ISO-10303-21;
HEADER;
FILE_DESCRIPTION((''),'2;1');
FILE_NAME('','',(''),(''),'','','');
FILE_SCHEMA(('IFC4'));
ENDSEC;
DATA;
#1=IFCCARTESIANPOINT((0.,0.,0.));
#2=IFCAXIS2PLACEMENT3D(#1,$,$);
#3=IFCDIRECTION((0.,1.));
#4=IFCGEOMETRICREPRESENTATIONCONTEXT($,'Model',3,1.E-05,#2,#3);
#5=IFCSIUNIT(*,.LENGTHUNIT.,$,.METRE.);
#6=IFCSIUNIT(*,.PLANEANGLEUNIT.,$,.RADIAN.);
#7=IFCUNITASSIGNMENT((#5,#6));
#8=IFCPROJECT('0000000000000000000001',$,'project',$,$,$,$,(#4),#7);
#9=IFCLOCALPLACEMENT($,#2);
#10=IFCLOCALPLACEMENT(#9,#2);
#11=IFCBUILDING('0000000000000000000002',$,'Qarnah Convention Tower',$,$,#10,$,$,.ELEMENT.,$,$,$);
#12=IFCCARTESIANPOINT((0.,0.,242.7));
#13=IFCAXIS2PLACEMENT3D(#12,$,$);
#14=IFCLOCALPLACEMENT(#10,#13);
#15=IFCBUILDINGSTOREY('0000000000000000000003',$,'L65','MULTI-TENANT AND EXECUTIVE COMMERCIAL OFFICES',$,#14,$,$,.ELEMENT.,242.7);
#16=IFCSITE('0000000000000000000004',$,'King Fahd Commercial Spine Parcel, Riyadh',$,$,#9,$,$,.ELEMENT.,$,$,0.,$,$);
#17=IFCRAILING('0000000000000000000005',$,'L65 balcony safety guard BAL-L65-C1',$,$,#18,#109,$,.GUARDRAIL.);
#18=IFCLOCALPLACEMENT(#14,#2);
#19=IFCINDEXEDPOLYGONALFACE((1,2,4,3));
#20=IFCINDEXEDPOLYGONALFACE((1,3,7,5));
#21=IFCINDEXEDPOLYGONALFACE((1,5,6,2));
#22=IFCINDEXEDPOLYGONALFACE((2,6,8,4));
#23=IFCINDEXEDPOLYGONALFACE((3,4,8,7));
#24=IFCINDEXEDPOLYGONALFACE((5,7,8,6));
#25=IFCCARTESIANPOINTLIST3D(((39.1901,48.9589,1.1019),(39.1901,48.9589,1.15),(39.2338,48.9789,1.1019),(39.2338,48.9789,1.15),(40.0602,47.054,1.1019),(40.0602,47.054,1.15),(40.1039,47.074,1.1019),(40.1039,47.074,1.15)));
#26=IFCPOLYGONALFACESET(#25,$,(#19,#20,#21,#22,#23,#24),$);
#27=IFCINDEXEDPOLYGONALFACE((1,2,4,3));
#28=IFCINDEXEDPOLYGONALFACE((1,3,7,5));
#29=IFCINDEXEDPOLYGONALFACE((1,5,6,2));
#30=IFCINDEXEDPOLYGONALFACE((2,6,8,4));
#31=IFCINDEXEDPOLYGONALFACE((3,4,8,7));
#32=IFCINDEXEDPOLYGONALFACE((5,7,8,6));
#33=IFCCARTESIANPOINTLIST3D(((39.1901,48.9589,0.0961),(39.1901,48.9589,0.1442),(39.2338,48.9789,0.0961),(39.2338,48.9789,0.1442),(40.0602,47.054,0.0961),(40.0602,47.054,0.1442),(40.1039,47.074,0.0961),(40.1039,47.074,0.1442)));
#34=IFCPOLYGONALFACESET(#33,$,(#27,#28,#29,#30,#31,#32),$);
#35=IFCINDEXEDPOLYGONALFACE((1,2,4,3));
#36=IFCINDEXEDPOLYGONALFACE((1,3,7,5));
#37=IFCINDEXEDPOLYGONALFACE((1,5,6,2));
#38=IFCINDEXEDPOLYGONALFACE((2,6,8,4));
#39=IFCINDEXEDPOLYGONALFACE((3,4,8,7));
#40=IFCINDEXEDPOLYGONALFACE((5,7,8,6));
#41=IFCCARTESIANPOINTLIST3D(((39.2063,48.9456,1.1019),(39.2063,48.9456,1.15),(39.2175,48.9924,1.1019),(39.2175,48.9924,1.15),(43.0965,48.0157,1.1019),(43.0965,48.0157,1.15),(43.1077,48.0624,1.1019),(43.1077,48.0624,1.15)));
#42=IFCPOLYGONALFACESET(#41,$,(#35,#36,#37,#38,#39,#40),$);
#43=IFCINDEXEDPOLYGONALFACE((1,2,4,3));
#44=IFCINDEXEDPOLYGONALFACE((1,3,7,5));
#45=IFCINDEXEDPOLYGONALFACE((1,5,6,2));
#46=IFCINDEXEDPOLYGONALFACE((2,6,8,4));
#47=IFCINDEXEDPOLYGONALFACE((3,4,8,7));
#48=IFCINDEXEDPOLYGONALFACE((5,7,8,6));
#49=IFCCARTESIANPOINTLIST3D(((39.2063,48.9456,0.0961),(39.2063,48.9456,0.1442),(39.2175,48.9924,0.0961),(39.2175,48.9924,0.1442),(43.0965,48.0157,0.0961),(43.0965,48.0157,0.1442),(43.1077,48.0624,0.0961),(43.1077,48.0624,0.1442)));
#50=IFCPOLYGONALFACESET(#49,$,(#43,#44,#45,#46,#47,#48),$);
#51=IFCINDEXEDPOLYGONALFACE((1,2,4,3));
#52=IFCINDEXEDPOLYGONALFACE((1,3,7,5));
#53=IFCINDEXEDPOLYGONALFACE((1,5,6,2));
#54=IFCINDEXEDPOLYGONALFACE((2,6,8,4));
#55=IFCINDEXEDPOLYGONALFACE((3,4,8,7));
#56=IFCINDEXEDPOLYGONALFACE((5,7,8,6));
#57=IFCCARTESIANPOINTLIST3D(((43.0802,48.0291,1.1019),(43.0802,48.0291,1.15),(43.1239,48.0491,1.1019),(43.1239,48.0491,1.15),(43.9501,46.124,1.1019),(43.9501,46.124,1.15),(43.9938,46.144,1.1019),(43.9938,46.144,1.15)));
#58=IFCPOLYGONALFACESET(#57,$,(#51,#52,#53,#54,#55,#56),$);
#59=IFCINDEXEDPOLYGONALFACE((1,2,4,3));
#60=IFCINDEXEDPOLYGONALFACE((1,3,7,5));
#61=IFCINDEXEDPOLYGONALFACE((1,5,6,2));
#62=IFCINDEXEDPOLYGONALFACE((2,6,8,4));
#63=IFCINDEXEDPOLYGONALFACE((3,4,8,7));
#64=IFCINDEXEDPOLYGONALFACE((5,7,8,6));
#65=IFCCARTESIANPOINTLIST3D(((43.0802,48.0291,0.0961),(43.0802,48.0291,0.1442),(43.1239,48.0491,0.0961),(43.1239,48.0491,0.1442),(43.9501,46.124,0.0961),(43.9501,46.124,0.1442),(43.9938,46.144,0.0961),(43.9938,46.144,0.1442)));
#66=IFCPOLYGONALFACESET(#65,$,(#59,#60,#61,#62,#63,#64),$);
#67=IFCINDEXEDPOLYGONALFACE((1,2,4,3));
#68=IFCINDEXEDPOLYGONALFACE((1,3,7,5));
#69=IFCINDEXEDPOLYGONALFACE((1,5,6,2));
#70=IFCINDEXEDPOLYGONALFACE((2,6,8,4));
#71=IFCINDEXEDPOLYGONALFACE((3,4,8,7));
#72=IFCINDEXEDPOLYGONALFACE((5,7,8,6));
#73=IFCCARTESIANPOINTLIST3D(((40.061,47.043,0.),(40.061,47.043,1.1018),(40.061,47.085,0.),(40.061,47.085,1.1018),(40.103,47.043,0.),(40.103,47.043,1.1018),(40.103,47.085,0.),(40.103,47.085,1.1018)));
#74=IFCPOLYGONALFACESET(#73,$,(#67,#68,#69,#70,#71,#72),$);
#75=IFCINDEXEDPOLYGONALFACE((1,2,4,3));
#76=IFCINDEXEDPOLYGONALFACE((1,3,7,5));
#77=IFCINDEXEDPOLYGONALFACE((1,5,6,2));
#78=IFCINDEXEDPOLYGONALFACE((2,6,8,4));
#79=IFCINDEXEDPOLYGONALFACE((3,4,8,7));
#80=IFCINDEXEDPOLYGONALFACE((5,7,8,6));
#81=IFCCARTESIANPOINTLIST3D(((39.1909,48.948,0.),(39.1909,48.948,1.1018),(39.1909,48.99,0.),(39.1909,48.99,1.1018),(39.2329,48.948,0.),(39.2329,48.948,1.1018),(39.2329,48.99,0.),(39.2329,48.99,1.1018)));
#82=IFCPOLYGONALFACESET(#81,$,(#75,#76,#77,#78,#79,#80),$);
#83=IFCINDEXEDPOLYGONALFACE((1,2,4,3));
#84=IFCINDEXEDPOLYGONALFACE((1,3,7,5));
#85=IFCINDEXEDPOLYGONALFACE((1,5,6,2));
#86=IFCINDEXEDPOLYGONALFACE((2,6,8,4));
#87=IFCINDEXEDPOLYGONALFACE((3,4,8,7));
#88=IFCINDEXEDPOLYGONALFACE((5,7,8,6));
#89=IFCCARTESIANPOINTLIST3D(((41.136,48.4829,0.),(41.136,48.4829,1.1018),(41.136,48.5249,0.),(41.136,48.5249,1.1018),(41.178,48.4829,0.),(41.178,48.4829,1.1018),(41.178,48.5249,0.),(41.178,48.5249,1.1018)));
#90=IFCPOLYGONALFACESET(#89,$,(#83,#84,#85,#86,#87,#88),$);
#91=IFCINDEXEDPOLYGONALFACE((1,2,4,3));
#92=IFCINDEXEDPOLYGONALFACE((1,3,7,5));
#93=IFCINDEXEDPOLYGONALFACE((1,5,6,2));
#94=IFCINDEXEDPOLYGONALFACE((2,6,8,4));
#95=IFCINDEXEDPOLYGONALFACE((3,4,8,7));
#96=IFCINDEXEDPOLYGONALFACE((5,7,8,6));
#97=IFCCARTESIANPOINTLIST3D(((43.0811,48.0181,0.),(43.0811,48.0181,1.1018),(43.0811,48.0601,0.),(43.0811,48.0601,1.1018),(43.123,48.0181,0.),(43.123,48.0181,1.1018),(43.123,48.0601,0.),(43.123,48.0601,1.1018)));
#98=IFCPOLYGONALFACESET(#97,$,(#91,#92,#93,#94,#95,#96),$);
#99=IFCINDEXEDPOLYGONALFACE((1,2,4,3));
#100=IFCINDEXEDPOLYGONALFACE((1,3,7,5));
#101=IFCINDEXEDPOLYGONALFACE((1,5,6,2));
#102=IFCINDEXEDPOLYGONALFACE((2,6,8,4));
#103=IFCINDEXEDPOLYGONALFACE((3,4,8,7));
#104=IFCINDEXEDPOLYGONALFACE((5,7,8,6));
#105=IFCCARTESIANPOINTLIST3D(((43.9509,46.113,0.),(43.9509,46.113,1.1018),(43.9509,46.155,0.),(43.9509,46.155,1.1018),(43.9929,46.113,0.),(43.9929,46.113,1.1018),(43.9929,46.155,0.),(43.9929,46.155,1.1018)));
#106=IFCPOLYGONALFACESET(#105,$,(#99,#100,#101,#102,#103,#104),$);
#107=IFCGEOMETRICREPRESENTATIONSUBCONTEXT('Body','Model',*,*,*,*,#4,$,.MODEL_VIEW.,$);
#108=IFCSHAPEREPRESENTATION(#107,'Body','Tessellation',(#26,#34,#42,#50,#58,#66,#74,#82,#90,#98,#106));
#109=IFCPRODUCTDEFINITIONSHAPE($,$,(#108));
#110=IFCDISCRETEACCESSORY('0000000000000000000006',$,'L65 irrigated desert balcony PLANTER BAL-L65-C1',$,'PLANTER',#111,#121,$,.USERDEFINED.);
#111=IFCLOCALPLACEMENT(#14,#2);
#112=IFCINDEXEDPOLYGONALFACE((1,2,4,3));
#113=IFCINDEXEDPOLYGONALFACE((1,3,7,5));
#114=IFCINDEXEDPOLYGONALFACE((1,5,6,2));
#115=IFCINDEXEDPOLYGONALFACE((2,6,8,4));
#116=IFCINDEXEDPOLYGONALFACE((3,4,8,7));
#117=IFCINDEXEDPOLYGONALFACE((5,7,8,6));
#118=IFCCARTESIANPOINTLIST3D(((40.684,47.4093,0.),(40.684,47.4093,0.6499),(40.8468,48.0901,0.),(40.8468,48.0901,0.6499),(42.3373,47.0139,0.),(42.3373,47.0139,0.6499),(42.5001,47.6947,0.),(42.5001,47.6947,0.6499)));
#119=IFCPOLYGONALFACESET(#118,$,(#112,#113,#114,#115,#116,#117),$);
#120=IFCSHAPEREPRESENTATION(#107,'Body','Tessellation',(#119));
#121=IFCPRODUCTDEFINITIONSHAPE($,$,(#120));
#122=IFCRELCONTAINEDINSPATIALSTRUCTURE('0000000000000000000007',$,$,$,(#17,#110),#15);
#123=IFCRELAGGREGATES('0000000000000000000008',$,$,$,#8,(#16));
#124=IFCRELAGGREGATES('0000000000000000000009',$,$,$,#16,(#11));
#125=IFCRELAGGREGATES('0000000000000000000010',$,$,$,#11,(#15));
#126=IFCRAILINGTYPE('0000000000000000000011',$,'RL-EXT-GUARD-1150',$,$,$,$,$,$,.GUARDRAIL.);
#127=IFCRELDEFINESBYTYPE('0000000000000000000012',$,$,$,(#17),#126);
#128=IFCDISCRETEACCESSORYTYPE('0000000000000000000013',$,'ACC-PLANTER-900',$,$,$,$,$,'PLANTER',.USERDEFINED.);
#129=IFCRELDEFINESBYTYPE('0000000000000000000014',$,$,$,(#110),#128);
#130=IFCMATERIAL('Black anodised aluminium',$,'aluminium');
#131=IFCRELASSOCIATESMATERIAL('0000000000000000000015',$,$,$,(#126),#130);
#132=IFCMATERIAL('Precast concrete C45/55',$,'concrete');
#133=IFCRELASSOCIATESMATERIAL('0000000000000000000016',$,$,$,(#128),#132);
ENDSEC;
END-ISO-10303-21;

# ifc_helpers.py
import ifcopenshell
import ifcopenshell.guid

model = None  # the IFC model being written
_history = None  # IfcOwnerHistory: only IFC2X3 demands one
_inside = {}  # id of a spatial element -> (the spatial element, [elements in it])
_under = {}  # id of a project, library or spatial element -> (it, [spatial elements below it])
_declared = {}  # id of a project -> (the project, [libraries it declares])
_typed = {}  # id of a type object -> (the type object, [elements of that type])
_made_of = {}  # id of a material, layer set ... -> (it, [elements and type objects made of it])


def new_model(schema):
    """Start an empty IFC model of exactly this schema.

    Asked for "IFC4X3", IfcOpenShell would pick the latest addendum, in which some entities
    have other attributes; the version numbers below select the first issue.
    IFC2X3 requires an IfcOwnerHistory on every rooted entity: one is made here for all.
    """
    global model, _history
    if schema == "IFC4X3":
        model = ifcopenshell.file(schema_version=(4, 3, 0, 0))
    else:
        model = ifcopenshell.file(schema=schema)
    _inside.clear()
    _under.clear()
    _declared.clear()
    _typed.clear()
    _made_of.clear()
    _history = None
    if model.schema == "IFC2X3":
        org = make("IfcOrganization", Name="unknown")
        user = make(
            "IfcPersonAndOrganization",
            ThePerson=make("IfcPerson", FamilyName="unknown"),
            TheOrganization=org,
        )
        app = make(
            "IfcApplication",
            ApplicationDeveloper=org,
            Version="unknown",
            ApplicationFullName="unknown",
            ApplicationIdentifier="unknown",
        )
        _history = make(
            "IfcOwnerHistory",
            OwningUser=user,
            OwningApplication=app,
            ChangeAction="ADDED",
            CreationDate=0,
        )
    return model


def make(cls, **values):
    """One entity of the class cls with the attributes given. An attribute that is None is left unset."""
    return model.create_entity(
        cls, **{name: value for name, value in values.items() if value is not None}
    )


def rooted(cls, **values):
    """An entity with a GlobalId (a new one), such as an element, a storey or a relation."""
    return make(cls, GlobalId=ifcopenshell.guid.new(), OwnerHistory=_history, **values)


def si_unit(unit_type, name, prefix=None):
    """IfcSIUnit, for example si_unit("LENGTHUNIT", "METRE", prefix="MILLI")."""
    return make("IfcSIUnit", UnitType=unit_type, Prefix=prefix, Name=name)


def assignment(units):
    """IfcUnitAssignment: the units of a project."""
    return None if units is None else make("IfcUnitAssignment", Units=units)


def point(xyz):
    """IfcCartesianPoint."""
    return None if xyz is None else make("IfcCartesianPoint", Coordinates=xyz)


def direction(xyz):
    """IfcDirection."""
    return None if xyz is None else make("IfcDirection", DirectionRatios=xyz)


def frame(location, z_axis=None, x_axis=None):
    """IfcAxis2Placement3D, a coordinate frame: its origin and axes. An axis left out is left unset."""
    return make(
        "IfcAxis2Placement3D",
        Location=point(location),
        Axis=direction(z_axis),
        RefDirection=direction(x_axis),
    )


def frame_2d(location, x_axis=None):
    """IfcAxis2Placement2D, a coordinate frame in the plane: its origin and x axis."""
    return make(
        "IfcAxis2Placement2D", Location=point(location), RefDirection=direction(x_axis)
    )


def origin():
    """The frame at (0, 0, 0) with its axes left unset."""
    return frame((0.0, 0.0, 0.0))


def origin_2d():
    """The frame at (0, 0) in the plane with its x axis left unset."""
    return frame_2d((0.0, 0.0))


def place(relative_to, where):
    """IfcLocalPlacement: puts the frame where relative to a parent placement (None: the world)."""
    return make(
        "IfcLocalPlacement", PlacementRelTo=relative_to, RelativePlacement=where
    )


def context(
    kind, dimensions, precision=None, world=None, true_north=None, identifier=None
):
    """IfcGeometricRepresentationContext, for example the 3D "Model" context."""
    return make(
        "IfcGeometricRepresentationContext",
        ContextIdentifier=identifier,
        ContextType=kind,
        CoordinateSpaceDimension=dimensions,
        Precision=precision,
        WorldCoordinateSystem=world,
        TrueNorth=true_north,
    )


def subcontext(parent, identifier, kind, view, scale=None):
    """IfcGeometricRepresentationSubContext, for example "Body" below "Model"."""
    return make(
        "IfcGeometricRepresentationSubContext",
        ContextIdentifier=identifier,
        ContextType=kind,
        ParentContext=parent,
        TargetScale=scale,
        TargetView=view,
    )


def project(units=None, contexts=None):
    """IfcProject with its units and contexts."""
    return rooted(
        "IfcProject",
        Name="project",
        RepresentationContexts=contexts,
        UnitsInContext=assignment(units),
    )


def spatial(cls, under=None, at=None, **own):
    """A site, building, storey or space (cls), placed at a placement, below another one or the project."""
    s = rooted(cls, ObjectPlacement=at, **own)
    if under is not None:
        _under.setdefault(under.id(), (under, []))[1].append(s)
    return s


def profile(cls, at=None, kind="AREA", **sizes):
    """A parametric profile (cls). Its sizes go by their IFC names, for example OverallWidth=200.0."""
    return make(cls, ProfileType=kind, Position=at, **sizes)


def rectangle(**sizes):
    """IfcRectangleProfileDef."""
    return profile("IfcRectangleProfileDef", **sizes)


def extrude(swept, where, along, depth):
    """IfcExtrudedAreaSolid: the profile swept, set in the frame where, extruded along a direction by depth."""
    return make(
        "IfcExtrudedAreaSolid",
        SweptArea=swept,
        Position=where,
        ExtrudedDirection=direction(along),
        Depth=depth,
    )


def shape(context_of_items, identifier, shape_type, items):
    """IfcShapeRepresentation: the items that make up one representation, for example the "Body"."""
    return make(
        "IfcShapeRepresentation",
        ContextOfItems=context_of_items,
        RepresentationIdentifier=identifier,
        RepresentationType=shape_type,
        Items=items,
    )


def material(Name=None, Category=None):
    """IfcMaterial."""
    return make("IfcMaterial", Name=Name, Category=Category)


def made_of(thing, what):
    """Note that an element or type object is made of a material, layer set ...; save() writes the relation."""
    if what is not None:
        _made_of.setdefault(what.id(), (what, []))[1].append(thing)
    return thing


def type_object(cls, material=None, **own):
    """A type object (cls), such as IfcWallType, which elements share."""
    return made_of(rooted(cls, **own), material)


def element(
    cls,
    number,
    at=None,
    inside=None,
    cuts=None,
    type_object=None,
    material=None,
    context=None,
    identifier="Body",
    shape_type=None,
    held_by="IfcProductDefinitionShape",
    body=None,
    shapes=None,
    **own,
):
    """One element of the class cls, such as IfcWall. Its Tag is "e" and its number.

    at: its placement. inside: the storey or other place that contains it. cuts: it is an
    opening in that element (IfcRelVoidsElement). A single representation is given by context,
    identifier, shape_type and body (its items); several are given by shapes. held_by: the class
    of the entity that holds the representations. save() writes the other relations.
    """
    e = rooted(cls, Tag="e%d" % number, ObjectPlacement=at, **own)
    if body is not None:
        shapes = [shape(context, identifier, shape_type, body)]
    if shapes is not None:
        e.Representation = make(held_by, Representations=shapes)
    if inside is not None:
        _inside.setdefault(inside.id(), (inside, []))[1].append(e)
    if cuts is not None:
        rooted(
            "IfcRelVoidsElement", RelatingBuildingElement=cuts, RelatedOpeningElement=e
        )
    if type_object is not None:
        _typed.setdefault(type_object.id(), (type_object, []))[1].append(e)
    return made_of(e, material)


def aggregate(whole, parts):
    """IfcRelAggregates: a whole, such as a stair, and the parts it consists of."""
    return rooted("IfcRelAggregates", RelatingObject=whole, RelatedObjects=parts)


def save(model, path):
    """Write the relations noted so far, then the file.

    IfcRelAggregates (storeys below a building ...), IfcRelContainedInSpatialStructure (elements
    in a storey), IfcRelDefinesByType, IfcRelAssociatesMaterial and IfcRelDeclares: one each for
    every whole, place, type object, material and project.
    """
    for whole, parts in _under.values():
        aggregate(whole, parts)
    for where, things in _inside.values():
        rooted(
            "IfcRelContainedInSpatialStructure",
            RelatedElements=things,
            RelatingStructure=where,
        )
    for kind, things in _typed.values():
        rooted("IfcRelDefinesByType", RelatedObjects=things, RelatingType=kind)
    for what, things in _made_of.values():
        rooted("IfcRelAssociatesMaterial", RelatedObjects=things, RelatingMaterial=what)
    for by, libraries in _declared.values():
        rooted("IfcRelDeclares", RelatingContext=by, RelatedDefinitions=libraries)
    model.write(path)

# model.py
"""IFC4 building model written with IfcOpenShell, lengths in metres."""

from ifc_helpers import new_model, si_unit, direction, frame, origin, origin_2d, place, context, subcontext, project, spatial, rectangle, extrude, material, type_object, element, save


model = new_model("IFC4")

# Units and contexts
model_context = context("Model", 3, precision=1e-05, world=origin(), true_north=direction((0.0, 1.0)))
body_context = subcontext(model_context, "Body", "Model", "MODEL_VIEW")
ifc_project = project(units=[si_unit("LENGTHUNIT", "METRE"), si_unit("PLANEANGLEUNIT", "RADIAN")], contexts=[model_context])

# Site, building, storey
site_placement = place(None, origin())
site = spatial("IfcSite", under=ifc_project, at=site_placement, Name="King Fahd Commercial Spine Parcel, Riyadh", CompositionType="ELEMENT", RefElevation=0.0)
building_placement = place(site_placement, origin())
building = spatial("IfcBuilding", under=site, at=building_placement, Name="Qarnah Convention Tower", CompositionType="ELEMENT")
storey_placement = place(building_placement, frame((0.0, 0.0, 242.7)))
storey = spatial("IfcBuildingStorey", under=building, at=storey_placement, Name="L65", Description="MULTI-TENANT AND EXECUTIVE COMMERCIAL OFFICES", CompositionType="ELEMENT", Elevation=242.7)

# Shared definitions
ifc_material_1 = material(Name="Black anodised aluminium", Category="aluminium")

# Shared definitions
ifc_material_2 = material(Name="Precast concrete C45/55", Category="concrete")

# Railing
railing_type = type_object("IfcRailingType", Name="RL-EXT-GUARD-1150", PredefinedType="GUARDRAIL", material=ifc_material_1)
railing_1_placement = place(storey_placement, frame((40.082, 47.064, 0.0)))
element("IfcRailing", 1, at=railing_1_placement, inside=storey, type_object=railing_type, Name="L65 balcony safety guard BAL-L65-C1", PredefinedType="GUARDRAIL", context=body_context, shape_type="SweptSolid", body=[
    extrude(rectangle(XDim=0.0481, YDim=0.0481, at=origin_2d()), frame((0.0, 0.0, 1.126), z_axis=(-0.415462, 0.90961, 0.0), x_axis=(-0.90961, -0.415462, 0.0)), (0.0, 0.0, 1.0), 2.0942),
    extrude(rectangle(XDim=0.0481, YDim=0.0481, at=origin_2d()), frame((0.0, 0.0, 0.1201), z_axis=(-0.415462, 0.90961, 0.0), x_axis=(-0.90961, -0.415462, 0.0)), (0.0, 0.0, 1.0), 2.0942),
    extrude(rectangle(XDim=0.0481, YDim=0.0481, at=origin_2d()), frame((-0.8701, 1.905, 1.126), z_axis=(0.972597, -0.232498, 0.0), x_axis=(0.232498, 0.972597, 0.0)), (0.0, 0.0, 1.0), 3.9998),
    extrude(rectangle(XDim=0.0481, YDim=0.0481, at=origin_2d()), frame((-0.8701, 1.905, 0.1201), z_axis=(0.972597, -0.232498, 0.0), x_axis=(0.232498, 0.972597, 0.0)), (0.0, 0.0, 1.0), 3.9998),
    extrude(rectangle(XDim=0.0481, YDim=0.0481, at=origin_2d()), frame((3.02, 0.9751, 1.126), z_axis=(0.415366, -0.909654, 0.0), x_axis=(0.909654, 0.415366, 0.0)), (0.0, 0.0, 1.0), 2.0942),
    extrude(rectangle(XDim=0.0481, YDim=0.0481, at=origin_2d()), frame((3.02, 0.9751, 0.1201), z_axis=(0.415366, -0.909654, 0.0), x_axis=(0.909654, 0.415366, 0.0)), (0.0, 0.0, 1.0), 2.0942),
    extrude(rectangle(XDim=0.042, YDim=0.042, at=origin_2d()), origin(), (0.0, 0.0, 1.0), 1.1018),
    extrude(rectangle(XDim=0.042, YDim=0.042, at=origin_2d()), frame((-0.8701, 1.905, 0.0)), (0.0, 0.0, 1.0), 1.1018),
    extrude(rectangle(XDim=0.042, YDim=0.042, at=origin_2d()), frame((1.075, 1.4399, 0.0)), (0.0, 0.0, 1.0), 1.1018),
    extrude(rectangle(XDim=0.042, YDim=0.042, at=origin_2d()), frame((3.02, 0.9751, 0.0)), (0.0, 0.0, 1.0), 1.1018),
    extrude(rectangle(XDim=0.042, YDim=0.042, at=origin_2d()), frame((3.8899, -0.9299, 0.0)), (0.0, 0.0, 1.0), 1.1018),
])

# Discrete accessory
discrete_accessory_type = type_object("IfcDiscreteAccessoryType", Name="ACC-PLANTER-900", ElementType="PLANTER", PredefinedType="USERDEFINED", material=ifc_material_2)
discrete_accessory_placement = place(storey_placement, frame((41.592, 47.552, 0.0), z_axis=(0.0, 0.0, 1.0), x_axis=(-0.972573, 0.232597, 0.0)))
element("IfcDiscreteAccessory", 2, at=discrete_accessory_placement, inside=storey, type_object=discrete_accessory_type, Name="L65 irrigated desert balcony PLANTER BAL-L65-C1", ObjectType="PLANTER", PredefinedType="USERDEFINED", context=body_context, shape_type="SweptSolid", body=[
    extrude(rectangle(XDim=1.7, YDim=0.7, at=origin_2d()), origin(), (0.0, 0.0, 1.0), 0.6499),
])

save(model, "model.ifc")
